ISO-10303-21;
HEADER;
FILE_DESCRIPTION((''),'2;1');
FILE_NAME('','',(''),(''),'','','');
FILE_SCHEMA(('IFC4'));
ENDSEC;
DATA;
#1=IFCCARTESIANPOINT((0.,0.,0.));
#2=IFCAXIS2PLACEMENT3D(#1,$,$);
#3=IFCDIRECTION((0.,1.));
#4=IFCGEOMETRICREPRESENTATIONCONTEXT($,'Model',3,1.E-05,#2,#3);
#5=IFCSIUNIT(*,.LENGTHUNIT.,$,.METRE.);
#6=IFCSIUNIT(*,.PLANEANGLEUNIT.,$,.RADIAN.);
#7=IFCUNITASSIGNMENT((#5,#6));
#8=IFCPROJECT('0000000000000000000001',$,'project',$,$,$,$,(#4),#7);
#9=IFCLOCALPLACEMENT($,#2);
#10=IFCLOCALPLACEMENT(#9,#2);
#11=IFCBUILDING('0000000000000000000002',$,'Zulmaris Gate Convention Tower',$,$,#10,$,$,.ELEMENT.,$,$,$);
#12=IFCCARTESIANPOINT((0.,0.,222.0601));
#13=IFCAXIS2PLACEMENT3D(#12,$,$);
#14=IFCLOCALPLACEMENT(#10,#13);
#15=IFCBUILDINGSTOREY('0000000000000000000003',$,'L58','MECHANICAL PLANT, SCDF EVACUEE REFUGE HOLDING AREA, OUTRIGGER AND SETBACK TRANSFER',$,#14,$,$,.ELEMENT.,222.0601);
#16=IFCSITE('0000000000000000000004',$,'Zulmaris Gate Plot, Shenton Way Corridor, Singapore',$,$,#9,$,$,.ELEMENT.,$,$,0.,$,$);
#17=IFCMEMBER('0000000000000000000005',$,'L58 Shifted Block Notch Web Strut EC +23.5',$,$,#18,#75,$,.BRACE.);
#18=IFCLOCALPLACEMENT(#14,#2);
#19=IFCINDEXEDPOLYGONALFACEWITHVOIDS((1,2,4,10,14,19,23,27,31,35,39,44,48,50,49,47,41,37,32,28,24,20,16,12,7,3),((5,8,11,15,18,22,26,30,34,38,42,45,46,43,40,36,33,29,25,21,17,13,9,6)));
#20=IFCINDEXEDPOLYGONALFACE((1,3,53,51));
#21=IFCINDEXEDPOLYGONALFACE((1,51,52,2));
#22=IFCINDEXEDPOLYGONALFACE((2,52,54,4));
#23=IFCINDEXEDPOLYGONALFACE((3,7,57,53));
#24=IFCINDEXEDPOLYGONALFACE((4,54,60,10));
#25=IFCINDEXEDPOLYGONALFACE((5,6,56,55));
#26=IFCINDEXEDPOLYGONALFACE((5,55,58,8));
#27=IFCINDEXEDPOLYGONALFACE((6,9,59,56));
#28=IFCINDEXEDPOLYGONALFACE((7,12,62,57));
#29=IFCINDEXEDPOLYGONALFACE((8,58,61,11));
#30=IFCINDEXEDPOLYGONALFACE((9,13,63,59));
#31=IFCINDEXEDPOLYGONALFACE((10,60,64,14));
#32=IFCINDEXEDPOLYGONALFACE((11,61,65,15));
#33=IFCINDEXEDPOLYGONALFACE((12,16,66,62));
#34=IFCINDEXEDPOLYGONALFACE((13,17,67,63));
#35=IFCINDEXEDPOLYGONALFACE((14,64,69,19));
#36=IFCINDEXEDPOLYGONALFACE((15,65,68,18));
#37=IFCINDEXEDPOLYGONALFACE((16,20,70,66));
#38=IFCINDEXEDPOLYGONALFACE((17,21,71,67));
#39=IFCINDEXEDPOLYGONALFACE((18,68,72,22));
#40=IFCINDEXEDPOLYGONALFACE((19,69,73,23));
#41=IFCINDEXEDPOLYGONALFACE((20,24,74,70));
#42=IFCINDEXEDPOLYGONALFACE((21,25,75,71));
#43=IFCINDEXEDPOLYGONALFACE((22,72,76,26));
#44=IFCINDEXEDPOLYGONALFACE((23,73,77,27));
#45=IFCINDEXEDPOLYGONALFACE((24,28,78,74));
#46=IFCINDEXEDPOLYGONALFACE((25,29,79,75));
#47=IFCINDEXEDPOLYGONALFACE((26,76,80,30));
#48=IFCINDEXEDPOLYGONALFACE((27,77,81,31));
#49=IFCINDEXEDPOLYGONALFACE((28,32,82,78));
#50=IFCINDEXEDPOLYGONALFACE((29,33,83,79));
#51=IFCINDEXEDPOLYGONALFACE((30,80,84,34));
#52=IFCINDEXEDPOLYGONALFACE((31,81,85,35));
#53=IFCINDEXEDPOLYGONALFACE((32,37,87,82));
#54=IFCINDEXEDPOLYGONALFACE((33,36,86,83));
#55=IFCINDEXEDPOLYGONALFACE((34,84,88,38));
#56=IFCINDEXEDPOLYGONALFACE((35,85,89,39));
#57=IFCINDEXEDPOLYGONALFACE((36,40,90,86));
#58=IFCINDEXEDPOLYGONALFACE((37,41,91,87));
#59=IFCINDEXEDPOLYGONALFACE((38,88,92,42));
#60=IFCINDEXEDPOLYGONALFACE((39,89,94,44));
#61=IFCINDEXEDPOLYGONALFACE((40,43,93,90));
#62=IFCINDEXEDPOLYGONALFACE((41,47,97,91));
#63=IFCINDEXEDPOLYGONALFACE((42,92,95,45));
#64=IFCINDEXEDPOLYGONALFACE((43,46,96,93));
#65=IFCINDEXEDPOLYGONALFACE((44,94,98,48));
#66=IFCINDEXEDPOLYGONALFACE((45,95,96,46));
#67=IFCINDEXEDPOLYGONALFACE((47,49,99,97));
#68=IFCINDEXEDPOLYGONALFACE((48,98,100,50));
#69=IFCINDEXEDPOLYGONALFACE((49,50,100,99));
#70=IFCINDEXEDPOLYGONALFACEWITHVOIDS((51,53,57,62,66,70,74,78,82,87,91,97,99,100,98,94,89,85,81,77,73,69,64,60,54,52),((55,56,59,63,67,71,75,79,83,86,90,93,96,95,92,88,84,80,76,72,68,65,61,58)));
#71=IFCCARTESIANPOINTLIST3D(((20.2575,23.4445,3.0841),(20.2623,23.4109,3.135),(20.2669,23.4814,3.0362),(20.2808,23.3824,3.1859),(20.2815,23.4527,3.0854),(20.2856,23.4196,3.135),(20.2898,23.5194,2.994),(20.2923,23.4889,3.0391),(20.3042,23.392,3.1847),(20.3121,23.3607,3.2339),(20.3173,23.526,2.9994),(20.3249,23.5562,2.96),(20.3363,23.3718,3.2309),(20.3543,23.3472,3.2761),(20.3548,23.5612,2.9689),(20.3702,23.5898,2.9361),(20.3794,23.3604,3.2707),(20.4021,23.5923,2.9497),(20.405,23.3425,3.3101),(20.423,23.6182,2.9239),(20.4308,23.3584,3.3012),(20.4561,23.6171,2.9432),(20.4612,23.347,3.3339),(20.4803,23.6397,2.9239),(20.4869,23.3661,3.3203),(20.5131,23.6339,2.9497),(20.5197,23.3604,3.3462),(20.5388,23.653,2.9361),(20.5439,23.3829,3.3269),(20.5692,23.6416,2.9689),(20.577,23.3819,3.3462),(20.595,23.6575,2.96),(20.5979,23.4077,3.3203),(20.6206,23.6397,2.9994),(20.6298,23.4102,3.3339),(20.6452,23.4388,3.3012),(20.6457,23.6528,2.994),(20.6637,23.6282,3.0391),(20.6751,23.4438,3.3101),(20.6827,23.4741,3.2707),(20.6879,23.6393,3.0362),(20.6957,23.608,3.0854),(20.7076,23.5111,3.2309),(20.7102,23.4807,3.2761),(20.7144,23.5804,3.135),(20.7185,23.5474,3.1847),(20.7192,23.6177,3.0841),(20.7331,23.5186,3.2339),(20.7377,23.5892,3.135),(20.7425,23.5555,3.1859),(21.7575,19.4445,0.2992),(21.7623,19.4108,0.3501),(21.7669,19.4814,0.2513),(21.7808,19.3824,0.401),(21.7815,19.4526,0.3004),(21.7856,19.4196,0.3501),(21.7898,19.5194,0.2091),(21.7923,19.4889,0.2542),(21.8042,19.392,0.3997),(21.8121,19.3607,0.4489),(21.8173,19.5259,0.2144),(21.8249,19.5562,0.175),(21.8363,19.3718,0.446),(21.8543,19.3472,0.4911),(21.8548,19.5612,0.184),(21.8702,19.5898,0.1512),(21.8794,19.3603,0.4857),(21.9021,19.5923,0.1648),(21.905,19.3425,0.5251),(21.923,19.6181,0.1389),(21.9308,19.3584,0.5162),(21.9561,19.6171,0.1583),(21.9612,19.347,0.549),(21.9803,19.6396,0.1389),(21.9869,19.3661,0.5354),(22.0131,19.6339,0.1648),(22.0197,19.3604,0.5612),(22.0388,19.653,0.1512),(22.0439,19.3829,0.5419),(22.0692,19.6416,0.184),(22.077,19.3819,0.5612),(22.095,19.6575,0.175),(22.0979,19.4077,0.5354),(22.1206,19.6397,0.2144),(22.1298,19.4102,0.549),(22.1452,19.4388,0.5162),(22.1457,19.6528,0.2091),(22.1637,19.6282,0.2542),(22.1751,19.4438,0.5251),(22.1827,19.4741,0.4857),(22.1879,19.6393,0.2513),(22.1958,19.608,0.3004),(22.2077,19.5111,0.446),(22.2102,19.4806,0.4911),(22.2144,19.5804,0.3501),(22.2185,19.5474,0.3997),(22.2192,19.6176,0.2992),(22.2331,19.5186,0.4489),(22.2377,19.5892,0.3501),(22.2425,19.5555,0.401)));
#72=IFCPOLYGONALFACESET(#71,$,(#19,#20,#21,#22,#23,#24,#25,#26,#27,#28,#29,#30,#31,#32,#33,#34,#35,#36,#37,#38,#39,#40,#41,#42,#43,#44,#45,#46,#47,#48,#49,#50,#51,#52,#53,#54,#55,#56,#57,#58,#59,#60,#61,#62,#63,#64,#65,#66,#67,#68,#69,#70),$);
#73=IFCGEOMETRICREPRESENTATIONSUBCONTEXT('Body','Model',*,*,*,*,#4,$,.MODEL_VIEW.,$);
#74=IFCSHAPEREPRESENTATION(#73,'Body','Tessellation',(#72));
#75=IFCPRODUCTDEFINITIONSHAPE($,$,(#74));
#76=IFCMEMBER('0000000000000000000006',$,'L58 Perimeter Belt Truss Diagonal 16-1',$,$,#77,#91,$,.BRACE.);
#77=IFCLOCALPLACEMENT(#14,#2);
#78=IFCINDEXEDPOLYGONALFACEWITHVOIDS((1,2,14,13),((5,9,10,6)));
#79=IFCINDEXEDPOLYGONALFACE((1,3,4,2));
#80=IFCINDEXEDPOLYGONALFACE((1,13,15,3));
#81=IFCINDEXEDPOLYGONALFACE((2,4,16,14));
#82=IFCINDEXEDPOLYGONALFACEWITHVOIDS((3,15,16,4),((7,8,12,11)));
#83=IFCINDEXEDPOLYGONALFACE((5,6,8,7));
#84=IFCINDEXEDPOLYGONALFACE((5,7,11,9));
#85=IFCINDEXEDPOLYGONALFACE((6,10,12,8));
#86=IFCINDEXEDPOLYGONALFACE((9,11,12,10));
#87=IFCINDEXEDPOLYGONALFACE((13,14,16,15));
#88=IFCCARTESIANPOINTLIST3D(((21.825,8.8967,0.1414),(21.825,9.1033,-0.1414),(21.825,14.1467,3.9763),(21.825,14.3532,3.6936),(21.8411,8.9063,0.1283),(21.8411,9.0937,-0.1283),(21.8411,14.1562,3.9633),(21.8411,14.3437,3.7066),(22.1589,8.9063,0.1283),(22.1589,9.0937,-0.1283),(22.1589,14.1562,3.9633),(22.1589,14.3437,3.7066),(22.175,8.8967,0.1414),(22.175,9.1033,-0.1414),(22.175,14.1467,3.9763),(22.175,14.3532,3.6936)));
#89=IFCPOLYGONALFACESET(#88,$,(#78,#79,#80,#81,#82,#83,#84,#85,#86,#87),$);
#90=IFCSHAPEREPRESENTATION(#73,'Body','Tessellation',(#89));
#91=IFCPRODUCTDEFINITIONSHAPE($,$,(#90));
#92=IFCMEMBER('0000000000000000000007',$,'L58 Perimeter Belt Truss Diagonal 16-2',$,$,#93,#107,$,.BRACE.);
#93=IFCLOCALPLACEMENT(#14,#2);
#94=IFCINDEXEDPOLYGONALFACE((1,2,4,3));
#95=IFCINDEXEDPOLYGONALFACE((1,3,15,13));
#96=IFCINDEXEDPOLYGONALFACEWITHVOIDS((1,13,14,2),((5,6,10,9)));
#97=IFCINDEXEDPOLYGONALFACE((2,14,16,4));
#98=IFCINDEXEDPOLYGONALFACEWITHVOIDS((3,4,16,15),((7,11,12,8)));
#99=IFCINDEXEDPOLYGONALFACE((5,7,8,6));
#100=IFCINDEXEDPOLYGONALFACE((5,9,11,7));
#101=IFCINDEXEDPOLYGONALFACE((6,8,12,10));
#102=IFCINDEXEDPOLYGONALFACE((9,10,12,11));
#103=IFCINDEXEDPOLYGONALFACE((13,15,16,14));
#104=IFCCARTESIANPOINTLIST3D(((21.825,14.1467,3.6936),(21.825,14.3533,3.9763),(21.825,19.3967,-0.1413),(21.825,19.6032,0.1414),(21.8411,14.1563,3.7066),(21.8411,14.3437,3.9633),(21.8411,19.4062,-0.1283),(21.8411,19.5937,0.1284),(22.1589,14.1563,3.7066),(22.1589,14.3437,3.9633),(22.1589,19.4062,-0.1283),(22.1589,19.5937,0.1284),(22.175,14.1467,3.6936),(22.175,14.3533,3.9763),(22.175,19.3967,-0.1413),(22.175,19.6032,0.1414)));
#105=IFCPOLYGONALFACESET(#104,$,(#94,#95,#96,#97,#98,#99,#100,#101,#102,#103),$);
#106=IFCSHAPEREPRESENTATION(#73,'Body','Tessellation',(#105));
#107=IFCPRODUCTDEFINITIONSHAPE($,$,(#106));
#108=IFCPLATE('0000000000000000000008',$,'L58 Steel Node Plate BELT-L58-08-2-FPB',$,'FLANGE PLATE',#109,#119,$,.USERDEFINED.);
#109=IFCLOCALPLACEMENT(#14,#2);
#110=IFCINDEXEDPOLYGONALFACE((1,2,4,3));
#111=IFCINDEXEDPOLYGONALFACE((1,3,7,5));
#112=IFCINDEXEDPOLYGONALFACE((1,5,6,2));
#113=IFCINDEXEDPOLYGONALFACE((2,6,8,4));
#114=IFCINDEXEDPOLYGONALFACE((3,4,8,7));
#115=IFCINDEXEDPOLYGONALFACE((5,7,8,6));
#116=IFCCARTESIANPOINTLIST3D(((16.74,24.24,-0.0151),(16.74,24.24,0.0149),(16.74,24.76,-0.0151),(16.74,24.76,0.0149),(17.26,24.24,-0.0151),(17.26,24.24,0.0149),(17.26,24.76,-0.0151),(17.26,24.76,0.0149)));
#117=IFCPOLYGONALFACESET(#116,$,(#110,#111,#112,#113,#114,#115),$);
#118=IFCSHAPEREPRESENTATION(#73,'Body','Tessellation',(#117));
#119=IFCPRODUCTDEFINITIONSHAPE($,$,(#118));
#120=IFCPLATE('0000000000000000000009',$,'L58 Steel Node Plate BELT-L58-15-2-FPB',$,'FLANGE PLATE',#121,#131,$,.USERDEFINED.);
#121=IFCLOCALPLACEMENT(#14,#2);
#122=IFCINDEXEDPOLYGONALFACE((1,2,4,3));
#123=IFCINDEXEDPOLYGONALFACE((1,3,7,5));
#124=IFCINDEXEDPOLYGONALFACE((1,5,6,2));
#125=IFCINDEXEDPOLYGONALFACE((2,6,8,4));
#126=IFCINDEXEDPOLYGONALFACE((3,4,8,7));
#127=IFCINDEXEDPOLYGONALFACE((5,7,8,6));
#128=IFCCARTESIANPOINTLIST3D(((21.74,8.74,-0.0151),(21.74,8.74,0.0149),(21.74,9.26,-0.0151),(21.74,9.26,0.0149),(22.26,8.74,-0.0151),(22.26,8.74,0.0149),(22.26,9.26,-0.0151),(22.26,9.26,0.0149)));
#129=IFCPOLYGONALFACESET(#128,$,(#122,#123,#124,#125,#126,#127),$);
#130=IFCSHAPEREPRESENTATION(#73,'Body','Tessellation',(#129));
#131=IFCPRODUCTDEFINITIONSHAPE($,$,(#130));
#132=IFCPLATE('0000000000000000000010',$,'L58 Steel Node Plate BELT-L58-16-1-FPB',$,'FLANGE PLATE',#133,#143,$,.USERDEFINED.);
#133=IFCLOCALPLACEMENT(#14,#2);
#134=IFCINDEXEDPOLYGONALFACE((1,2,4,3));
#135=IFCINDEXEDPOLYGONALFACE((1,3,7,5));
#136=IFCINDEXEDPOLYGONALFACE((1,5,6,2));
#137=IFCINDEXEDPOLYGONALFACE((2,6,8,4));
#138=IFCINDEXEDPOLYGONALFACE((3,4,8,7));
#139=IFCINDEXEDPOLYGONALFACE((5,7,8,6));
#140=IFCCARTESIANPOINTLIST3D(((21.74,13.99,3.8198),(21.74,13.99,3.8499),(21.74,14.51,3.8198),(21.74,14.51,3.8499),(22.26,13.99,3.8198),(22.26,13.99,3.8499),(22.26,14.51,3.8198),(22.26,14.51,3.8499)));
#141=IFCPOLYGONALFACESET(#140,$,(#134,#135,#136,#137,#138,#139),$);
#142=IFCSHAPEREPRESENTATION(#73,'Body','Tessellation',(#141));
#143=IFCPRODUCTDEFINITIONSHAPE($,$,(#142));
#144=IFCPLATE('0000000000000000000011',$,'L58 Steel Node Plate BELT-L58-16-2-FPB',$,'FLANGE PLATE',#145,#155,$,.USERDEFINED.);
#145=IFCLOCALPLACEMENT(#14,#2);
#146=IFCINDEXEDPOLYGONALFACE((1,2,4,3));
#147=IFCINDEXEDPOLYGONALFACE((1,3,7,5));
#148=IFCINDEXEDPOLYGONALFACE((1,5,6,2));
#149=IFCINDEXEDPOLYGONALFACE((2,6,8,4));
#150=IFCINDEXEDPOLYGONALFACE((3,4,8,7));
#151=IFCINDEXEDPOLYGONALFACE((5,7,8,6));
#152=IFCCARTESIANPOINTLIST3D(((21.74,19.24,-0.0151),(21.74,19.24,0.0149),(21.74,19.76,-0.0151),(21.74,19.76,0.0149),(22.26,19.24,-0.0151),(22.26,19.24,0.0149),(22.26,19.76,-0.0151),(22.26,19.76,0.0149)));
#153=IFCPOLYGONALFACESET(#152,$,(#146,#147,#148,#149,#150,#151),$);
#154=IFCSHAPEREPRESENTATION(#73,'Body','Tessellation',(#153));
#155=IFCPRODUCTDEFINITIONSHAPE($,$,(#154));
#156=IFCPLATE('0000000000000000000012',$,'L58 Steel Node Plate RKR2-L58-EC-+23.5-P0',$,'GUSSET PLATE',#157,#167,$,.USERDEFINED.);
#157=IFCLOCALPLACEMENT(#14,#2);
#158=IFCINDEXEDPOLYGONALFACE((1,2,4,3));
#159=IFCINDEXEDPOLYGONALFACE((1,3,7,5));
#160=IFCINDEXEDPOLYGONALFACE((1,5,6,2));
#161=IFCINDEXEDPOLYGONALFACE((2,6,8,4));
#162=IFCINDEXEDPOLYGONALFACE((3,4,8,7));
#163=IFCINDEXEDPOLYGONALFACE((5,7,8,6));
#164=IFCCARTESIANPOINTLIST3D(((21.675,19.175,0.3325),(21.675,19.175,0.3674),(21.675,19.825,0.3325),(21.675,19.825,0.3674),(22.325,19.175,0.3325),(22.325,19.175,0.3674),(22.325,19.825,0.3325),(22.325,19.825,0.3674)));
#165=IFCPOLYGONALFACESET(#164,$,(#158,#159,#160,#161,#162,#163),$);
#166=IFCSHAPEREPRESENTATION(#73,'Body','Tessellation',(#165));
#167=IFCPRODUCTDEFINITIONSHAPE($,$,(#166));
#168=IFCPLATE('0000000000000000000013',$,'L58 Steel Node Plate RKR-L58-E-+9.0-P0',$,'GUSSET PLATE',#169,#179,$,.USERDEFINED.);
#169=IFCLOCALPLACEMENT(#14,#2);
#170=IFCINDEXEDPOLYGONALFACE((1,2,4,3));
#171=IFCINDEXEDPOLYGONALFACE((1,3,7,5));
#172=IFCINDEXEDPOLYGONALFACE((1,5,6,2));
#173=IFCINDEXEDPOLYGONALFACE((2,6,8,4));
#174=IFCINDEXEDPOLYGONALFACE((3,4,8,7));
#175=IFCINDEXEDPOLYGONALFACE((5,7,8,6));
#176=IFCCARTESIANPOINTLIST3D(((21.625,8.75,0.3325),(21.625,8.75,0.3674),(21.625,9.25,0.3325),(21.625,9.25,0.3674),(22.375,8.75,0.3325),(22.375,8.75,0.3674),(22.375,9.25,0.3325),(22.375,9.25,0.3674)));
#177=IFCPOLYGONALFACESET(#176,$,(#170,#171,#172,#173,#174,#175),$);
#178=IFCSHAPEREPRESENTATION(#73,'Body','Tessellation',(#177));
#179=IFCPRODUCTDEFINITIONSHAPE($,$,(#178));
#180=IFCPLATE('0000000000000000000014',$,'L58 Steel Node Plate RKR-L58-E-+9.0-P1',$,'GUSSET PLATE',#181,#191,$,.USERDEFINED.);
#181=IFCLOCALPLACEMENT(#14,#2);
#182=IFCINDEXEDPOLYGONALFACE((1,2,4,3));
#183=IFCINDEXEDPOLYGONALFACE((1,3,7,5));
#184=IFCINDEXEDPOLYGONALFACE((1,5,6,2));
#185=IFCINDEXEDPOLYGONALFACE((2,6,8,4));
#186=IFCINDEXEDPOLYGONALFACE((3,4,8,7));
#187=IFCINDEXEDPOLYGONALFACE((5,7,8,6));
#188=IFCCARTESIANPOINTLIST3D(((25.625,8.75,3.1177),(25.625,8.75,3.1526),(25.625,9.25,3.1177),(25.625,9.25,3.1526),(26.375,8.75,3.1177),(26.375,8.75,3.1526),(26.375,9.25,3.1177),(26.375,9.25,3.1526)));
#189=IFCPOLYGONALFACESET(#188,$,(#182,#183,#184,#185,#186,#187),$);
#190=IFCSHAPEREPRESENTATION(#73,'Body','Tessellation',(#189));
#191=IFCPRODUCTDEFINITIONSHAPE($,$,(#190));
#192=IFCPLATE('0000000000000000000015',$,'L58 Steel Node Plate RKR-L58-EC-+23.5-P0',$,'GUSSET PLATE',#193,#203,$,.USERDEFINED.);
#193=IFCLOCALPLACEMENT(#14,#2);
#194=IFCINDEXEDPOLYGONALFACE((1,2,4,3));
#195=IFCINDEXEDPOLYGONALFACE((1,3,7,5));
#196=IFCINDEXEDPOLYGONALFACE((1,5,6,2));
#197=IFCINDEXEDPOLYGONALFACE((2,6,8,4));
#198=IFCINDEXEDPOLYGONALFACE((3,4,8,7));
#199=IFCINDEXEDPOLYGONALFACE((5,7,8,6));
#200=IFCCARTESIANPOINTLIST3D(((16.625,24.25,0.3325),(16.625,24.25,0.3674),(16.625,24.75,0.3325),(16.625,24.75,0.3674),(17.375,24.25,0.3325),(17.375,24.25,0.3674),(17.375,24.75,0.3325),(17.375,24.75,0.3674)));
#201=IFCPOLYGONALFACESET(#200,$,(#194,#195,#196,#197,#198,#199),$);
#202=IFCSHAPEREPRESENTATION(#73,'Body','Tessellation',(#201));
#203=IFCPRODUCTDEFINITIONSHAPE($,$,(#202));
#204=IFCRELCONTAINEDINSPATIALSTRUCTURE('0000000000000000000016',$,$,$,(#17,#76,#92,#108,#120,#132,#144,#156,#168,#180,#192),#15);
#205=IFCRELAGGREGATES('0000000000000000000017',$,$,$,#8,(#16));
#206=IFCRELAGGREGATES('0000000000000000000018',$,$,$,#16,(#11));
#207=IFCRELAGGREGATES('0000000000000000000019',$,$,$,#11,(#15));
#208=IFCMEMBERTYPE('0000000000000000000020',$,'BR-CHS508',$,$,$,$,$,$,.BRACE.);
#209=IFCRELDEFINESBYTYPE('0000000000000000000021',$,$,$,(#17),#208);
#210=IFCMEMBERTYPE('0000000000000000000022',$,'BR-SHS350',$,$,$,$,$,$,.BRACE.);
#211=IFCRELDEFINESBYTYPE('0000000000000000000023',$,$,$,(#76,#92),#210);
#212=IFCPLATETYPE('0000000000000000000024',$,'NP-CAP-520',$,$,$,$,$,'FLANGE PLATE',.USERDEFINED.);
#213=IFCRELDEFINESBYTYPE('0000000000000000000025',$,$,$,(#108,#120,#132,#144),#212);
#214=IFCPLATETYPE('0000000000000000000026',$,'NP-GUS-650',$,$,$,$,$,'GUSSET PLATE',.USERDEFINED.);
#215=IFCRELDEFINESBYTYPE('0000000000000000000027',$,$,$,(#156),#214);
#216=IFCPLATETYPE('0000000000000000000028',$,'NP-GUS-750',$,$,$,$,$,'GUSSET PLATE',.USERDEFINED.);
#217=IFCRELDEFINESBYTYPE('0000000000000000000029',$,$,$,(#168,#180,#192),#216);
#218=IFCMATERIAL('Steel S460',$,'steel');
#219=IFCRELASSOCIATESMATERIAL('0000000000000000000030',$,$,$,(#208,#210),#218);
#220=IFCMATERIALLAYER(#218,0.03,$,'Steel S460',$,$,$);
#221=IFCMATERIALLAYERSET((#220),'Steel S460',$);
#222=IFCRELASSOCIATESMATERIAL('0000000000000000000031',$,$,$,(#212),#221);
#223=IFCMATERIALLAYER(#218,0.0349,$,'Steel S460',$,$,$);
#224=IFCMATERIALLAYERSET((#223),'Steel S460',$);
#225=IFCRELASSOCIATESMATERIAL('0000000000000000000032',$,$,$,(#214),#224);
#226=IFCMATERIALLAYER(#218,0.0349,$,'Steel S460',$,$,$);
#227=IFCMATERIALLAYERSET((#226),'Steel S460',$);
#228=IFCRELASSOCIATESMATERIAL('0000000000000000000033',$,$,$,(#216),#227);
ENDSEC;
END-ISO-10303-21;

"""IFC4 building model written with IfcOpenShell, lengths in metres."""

from ifc_helpers import new_model, si_unit, direction, frame, origin, origin_2d, place, context, subcontext, project, spatial, rectangle, hollow_rectangle, hollow_circle, extrude, material, layer, layer_set, material_profile, profile_set, type_object, element, save


model = new_model("IFC4")

# Units and contexts
model_context = context("Model", 3, precision=1e-05, world=origin(), true_north=direction((0.0, 1.0)))
body_context = subcontext(model_context, "Body", "Model", "MODEL_VIEW")
ifc_project = project(units=[si_unit("LENGTHUNIT", "METRE"), si_unit("PLANEANGLEUNIT", "RADIAN")], contexts=[model_context])

# Site, building, storey
site_placement = place(None, origin())
site = spatial("IfcSite", under=ifc_project, at=site_placement, Name="Zulmaris Gate Plot, Shenton Way Corridor, Singapore", CompositionType="ELEMENT", RefElevation=0.0)
building_placement = place(site_placement, origin())
building = spatial("IfcBuilding", under=site, at=building_placement, Name="Zulmaris Gate Convention Tower", CompositionType="ELEMENT")
storey_placement = place(building_placement, frame((0.0, 0.0, 222.0601)))
storey = spatial("IfcBuildingStorey", under=building, at=storey_placement, Name="L58", Description="MECHANICAL PLANT, SCDF EVACUEE REFUGE HOLDING AREA, OUTRIGGER AND SETBACK TRANSFER", CompositionType="ELEMENT", Elevation=222.0601)

# Shared definitions
ifc_material_1 = material(Name="Steel S460", Category="steel")

# Members
ifc_material_profile_1 = material_profile(ifc_material_1, hollow_circle(Radius=0.2539, WallThickness=0.0249, at=origin_2d()), Name="CHS 508x25")
ifc_profile_set_1 = profile_set([ifc_material_profile_1], Name="Steel S460")
member_type_1 = type_object("IfcMemberType", Name="BR-CHS508", PredefinedType="BRACE", material=ifc_profile_set_1)
member_placement = place(storey_placement, frame((22.0, 19.5, 0.3501), z_axis=(-0.294142, 0.784378, 0.546106), x_axis=(-0.936329, -0.351123, 0.0)))
element("IfcMember", 1, at=member_placement, inside=storey, type_object=member_type_1, Name="L58 Shifted Block Notch Web Strut EC +23.5", PredefinedType="BRACE", context=body_context, shape_type="SweptSolid", body=[
    extrude(hollow_circle(Radius=0.2539, WallThickness=0.0249, at=origin_2d()), origin(), (0.0, 0.0, 1.0), 5.0996),
])
ifc_material_profile_2 = material_profile(ifc_material_1, hollow_rectangle(XDim=0.3501, YDim=0.3501, WallThickness=0.0161, at=origin_2d()), Name="SHS 350x350x16")
ifc_profile_set_2 = profile_set([ifc_material_profile_2], Name="Steel S460")
member_type_2 = type_object("IfcMemberType", Name="BR-SHS350", PredefinedType="BRACE", material=ifc_profile_set_2)
for number, where, z_axis, x_axis, name in (
    (2, (22.0, 9.0, 0.0), (0.0, 0.807507, 0.589858), (-1.0, 0.0, 0.0), "L58 Perimeter Belt Truss Diagonal 16-1"),
    (3, (22.0, 14.25, 3.835), (0.0, 0.807507, -0.589858), (-1.0, 0.0, 0.0), "L58 Perimeter Belt Truss Diagonal 16-2"),
):
    element("IfcMember", number, at=place(storey_placement, frame(where, z_axis=z_axis, x_axis=x_axis)), inside=storey, type_object=member_type_2, Name=name, PredefinedType="BRACE", context=body_context, shape_type="SweptSolid", body=[
        extrude(hollow_rectangle(XDim=0.3501, YDim=0.3501, WallThickness=0.0161, at=origin_2d()), origin(), (0.0, 0.0, 1.0), 6.5015),
    ])

# Plates
ifc_layer_1 = layer(ifc_material_1, 0.03, Name="Steel S460")
ifc_layer_set_1 = layer_set([ifc_layer_1], Name="Steel S460")
plate_type_1 = type_object("IfcPlateType", Name="NP-CAP-520", ElementType="FLANGE PLATE", PredefinedType="USERDEFINED", material=ifc_layer_set_1)
for number, where, z_axis, x_axis, name in (
    (4, (17.0, 24.5, -0.0151), (0.0, 0.0, 1.0), (1.0, 0.0, 0.0), "L58 Steel Node Plate BELT-L58-08-2-FPB"),
    (5, (22.0, 9.0, -0.0151), (0.0, 0.0, 1.0), (1.0, 0.0, 0.0), "L58 Steel Node Plate BELT-L58-15-2-FPB"),
    (6, (22.0, 14.25, 3.8198), (0.0, 0.0, 1.0), (1.0, 0.0, 0.0), "L58 Steel Node Plate BELT-L58-16-1-FPB"),
    (7, (22.0, 19.5, -0.0151), (0.0, 0.0, 1.0), (1.0, 0.0, 0.0), "L58 Steel Node Plate BELT-L58-16-2-FPB"),
):
    element("IfcPlate", number, at=place(storey_placement, frame(where, z_axis=z_axis, x_axis=x_axis)), inside=storey, type_object=plate_type_1, Name=name, ObjectType="FLANGE PLATE", PredefinedType="USERDEFINED", context=body_context, shape_type="SweptSolid", body=[
        extrude(rectangle(XDim=0.52, YDim=0.52, at=origin_2d()), origin(), (0.0, 0.0, 1.0), 0.03),
    ])
ifc_layer_2 = layer(ifc_material_1, 0.0349, Name="Steel S460")
ifc_layer_set_2 = layer_set([ifc_layer_2], Name="Steel S460")
plate_type_2 = type_object("IfcPlateType", Name="NP-GUS-650", ElementType="GUSSET PLATE", PredefinedType="USERDEFINED", material=ifc_layer_set_2)
plate_placement = place(storey_placement, frame((22.0, 19.5, 0.3325), z_axis=(0.0, 0.0, 1.0), x_axis=(1.0, 0.0, 0.0)))
element("IfcPlate", 8, at=plate_placement, inside=storey, type_object=plate_type_2, Name="L58 Steel Node Plate RKR2-L58-EC-+23.5-P0", ObjectType="GUSSET PLATE", PredefinedType="USERDEFINED", context=body_context, shape_type="SweptSolid", body=[
    extrude(rectangle(XDim=0.6499, YDim=0.6499, at=origin_2d()), origin(), (0.0, 0.0, 1.0), 0.0349),
])
ifc_layer_3 = layer(ifc_material_1, 0.0349, Name="Steel S460")
ifc_layer_set_3 = layer_set([ifc_layer_3], Name="Steel S460")
plate_type_3 = type_object("IfcPlateType", Name="NP-GUS-750", ElementType="GUSSET PLATE", PredefinedType="USERDEFINED", material=ifc_layer_set_3)
for number, where, z_axis, x_axis, name in (
    (9, (22.0, 9.0, 0.3325), (0.0, 0.0, 1.0), (1.0, 0.0, 0.0), "L58 Steel Node Plate RKR-L58-E-+9.0-P0"),
    (10, (26.0, 9.0, 3.1177), (0.0, 0.0, 1.0), (1.0, 0.0, 0.0), "L58 Steel Node Plate RKR-L58-E-+9.0-P1"),
    (11, (17.0, 24.5, 0.3325), (0.0, 0.0, 1.0), (1.0, 0.0, 0.0), "L58 Steel Node Plate RKR-L58-EC-+23.5-P0"),
):
    element("IfcPlate", number, at=place(storey_placement, frame(where, z_axis=z_axis, x_axis=x_axis)), inside=storey, type_object=plate_type_3, Name=name, ObjectType="GUSSET PLATE", PredefinedType="USERDEFINED", context=body_context, shape_type="SweptSolid", body=[
        extrude(rectangle(XDim=0.75, YDim=0.5, at=origin_2d()), origin(), (0.0, 0.0, 1.0), 0.0349),
    ])

save(model, "model.ifc")
